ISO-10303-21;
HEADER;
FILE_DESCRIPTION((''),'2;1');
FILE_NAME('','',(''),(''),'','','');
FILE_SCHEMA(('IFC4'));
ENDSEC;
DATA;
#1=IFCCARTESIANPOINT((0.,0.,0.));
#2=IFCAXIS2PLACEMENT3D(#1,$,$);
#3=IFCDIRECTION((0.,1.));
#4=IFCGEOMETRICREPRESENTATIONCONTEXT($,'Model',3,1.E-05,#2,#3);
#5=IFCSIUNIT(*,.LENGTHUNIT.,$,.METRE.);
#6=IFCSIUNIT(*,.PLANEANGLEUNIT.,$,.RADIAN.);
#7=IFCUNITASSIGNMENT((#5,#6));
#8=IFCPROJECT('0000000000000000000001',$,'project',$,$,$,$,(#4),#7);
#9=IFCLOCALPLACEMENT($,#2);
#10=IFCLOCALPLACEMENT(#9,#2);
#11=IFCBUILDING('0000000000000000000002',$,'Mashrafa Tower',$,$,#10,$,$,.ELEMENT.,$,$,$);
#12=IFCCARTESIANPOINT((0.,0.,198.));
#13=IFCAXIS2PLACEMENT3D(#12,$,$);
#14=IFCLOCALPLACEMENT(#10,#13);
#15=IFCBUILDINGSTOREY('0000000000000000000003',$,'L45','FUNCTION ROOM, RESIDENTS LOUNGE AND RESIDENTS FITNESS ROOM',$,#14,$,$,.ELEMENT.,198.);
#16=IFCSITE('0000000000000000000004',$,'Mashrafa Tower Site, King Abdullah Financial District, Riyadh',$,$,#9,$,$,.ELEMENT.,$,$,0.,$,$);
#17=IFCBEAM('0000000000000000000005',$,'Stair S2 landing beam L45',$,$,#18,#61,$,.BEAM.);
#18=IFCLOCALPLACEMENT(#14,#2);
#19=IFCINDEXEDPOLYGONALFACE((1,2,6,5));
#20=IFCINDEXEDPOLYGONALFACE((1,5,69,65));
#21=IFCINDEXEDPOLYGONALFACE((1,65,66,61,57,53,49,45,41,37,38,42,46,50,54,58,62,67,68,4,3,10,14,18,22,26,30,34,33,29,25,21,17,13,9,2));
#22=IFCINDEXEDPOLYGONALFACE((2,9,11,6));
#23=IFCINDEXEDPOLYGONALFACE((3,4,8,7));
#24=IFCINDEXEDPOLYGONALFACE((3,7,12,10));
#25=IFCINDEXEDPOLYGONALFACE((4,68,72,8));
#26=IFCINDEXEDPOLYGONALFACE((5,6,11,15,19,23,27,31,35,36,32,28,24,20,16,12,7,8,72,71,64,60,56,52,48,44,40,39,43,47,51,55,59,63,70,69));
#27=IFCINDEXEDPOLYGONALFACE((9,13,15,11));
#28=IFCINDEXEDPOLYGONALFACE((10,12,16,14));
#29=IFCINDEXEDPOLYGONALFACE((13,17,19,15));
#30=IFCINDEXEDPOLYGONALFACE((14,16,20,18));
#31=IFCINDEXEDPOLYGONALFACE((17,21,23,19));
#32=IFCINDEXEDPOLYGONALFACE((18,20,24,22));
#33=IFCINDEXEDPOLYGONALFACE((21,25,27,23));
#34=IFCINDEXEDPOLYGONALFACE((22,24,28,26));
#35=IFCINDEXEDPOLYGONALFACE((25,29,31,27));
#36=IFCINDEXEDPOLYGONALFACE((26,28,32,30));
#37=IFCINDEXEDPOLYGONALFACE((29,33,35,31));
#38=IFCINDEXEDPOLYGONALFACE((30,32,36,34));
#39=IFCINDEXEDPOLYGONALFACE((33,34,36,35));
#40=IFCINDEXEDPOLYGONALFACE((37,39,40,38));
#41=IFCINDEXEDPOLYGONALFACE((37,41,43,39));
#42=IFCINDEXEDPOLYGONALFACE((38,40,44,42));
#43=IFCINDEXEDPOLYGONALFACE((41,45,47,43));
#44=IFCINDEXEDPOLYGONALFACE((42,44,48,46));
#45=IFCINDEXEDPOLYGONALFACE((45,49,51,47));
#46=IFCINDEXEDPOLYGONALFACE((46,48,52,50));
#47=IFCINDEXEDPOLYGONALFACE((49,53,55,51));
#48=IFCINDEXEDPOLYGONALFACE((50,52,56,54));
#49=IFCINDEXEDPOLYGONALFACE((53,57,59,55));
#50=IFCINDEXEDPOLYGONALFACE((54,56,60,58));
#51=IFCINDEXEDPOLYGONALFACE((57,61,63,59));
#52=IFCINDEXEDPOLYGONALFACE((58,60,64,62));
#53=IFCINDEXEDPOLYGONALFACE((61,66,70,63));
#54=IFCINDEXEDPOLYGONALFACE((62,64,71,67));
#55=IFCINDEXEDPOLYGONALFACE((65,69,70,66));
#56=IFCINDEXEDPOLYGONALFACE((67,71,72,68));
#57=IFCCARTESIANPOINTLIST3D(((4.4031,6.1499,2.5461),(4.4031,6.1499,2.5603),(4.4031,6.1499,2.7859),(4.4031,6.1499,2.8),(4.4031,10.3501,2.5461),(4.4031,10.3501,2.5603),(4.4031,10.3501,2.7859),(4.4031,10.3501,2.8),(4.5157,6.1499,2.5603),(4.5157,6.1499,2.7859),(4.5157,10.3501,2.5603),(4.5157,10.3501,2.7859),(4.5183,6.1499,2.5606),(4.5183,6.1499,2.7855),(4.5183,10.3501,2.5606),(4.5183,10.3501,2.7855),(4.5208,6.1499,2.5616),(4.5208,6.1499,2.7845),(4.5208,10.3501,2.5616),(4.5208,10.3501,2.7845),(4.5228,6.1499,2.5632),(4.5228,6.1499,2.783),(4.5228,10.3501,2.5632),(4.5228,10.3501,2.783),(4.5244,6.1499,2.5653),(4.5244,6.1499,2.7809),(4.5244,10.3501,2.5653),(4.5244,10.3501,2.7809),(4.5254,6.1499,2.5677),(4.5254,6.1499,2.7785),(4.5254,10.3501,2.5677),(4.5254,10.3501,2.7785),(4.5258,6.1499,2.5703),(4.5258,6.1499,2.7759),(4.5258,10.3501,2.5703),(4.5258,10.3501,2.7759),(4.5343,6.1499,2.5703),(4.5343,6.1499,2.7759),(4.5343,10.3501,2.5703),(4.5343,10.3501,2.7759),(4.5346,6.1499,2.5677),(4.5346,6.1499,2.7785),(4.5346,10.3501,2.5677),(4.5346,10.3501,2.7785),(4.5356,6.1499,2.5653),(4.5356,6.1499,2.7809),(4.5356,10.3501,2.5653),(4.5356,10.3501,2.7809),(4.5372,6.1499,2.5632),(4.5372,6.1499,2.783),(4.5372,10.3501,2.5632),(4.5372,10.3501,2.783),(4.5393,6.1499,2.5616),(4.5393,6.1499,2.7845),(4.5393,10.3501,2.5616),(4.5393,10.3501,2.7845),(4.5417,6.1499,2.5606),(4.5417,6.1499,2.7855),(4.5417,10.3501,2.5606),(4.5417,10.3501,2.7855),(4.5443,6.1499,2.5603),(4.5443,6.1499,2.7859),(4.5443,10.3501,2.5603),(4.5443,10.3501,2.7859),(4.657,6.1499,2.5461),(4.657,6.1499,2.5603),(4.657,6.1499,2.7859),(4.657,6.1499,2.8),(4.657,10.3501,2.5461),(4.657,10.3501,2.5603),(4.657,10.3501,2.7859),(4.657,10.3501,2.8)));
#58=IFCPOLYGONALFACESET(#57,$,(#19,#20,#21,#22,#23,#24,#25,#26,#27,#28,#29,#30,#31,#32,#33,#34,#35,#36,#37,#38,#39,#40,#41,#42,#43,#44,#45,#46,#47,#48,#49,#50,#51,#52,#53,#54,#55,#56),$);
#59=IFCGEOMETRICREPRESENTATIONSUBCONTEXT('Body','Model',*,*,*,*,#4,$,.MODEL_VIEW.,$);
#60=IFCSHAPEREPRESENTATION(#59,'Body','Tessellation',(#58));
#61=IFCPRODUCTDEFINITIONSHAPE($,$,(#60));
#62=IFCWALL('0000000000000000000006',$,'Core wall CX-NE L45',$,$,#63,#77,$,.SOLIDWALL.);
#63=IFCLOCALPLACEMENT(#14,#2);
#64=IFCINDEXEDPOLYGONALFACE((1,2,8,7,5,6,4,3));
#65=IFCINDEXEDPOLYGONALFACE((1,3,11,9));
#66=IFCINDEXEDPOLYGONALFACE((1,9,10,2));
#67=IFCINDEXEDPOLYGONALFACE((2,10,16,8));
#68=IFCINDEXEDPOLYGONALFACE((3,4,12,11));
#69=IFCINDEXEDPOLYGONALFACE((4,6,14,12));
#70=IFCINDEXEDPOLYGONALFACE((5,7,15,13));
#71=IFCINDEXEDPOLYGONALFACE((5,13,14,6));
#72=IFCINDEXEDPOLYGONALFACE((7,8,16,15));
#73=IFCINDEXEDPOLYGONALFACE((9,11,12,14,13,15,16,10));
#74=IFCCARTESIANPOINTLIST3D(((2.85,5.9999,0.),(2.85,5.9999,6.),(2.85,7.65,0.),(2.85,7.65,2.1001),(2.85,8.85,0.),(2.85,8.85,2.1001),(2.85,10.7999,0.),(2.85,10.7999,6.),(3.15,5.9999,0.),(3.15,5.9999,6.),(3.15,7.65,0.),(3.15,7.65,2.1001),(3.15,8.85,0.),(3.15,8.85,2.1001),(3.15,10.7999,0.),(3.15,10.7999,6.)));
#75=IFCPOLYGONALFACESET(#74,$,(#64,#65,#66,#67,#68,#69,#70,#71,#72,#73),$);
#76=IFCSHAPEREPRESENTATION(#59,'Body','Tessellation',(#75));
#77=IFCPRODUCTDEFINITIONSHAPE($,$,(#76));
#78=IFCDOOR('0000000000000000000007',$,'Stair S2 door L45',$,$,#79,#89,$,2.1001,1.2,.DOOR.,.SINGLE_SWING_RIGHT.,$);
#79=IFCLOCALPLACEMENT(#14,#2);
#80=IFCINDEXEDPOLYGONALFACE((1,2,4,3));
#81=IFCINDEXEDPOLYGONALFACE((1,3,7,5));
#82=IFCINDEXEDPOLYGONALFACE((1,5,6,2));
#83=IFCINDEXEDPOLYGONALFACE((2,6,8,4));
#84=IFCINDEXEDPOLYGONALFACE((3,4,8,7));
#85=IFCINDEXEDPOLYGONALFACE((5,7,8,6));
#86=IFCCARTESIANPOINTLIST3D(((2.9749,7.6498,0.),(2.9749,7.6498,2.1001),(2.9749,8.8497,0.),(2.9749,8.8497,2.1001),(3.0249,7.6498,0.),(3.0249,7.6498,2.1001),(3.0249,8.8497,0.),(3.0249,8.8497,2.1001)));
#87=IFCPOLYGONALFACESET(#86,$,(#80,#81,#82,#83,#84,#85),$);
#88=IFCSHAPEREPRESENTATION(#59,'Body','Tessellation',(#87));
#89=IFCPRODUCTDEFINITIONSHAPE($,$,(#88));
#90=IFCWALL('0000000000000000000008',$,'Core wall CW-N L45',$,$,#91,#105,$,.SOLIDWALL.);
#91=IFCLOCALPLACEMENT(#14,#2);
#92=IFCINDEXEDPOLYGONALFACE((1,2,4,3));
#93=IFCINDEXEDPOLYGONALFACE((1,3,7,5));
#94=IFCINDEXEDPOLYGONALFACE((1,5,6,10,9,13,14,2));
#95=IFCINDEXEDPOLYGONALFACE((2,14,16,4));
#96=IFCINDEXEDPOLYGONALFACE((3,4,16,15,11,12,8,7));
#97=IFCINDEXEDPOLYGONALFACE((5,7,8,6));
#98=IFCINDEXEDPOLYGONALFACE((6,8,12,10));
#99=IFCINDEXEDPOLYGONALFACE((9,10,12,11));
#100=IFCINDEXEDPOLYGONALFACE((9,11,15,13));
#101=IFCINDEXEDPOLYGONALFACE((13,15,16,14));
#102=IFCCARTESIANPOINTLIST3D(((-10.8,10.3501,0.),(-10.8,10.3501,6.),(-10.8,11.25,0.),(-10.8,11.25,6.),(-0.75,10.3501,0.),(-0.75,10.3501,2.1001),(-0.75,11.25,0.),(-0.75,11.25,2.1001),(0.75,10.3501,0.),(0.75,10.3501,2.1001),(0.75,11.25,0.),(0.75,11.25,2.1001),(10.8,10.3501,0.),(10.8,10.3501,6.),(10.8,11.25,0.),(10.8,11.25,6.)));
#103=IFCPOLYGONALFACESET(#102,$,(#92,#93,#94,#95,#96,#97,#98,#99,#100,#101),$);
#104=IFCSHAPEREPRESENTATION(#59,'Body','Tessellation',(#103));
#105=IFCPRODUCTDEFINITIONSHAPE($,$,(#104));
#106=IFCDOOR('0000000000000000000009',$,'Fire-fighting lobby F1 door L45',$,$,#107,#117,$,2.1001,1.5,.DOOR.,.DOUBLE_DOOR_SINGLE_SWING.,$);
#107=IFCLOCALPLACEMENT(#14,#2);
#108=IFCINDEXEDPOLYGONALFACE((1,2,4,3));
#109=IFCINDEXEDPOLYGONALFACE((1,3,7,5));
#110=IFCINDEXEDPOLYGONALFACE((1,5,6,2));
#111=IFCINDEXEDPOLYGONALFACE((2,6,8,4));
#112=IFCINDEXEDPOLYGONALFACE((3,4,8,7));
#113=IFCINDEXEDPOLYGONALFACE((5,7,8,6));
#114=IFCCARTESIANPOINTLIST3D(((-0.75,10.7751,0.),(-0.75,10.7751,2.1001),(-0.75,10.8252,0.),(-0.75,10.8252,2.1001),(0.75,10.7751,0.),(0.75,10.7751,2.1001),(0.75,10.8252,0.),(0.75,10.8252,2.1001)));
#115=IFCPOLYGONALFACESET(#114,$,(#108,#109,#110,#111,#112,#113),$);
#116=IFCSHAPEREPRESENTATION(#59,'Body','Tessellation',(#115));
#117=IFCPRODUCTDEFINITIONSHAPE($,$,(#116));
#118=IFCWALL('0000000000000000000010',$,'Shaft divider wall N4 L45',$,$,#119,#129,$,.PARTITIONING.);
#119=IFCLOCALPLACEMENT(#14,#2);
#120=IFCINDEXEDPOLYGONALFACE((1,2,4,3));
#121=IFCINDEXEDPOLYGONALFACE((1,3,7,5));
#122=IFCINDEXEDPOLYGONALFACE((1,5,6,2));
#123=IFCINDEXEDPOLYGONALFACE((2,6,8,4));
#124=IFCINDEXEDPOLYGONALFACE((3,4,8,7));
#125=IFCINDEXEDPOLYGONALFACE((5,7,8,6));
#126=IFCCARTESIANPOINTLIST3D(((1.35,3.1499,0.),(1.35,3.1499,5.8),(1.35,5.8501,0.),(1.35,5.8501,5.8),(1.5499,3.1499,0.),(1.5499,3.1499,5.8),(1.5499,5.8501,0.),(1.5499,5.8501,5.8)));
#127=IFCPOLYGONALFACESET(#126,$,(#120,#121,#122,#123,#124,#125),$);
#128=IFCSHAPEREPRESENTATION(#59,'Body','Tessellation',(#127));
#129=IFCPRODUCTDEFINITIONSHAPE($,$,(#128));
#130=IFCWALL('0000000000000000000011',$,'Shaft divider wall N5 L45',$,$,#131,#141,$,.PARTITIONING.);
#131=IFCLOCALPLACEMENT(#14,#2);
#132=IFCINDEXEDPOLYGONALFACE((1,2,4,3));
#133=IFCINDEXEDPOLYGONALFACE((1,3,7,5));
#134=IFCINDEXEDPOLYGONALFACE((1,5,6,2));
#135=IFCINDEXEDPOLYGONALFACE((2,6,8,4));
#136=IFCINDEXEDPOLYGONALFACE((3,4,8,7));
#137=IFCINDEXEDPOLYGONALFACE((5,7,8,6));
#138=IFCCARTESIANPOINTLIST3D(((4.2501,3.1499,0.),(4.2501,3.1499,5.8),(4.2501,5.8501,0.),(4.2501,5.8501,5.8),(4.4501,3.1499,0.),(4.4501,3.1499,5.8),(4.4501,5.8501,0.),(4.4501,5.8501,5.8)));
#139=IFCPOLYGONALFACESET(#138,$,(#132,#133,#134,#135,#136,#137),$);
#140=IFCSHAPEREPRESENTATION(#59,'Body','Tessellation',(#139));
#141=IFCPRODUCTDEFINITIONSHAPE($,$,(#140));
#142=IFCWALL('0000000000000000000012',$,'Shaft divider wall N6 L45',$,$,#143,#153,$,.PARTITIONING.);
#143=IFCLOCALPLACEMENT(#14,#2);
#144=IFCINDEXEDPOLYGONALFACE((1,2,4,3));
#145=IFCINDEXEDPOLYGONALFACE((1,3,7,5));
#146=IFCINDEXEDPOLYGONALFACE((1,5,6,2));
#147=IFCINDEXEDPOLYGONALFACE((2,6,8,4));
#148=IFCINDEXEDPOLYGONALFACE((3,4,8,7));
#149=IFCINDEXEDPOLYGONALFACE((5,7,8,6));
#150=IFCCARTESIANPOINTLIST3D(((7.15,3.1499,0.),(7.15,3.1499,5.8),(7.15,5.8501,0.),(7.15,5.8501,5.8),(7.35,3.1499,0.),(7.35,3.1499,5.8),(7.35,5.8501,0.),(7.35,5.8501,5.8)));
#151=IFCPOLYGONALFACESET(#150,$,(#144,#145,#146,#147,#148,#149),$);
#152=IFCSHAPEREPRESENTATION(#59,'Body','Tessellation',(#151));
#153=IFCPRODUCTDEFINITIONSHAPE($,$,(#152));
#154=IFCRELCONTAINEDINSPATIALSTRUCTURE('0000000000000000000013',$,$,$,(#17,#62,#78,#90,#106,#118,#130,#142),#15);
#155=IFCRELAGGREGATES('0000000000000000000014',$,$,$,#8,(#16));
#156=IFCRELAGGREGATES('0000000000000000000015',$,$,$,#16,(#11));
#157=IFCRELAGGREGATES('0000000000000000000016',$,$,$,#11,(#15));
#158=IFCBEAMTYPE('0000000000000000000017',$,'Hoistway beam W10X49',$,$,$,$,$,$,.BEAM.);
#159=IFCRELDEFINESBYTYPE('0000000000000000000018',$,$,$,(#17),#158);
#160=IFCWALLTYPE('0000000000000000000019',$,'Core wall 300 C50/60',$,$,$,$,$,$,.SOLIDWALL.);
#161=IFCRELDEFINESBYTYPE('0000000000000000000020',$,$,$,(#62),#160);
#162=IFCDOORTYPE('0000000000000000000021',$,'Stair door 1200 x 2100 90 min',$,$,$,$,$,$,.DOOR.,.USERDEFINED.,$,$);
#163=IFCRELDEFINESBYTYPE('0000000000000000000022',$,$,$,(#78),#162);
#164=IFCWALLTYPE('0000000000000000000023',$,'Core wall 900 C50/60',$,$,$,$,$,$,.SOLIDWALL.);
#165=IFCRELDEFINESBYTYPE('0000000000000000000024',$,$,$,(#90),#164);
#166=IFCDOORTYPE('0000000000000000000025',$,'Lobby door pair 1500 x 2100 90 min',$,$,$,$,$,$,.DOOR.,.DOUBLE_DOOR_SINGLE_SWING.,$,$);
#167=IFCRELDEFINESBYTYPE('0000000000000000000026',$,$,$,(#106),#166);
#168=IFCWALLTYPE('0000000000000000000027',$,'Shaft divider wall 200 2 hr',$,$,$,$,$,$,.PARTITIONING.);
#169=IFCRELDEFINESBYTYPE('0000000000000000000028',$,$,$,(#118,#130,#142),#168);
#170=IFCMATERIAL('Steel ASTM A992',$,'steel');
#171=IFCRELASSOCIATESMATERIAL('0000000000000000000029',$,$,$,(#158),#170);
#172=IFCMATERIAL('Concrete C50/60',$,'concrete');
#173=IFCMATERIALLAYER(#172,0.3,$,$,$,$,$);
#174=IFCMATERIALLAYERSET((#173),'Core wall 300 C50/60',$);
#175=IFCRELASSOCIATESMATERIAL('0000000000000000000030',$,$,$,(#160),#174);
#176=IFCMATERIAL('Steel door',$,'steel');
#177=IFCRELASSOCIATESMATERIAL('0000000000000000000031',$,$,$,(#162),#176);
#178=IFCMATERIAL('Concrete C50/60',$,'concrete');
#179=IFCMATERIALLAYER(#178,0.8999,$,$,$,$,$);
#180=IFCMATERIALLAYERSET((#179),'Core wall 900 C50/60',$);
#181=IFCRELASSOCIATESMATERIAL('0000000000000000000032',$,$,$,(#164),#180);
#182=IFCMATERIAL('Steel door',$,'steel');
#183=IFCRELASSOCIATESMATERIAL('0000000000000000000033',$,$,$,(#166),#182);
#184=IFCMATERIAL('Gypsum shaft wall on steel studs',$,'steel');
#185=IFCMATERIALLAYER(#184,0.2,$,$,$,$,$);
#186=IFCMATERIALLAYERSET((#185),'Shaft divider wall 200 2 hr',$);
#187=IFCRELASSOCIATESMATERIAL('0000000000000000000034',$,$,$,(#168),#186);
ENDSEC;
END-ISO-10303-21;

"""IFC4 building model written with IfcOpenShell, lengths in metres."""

from ifc_helpers import new_model, si_unit, direction, frame, frame_2d, origin, origin_2d, place, context, subcontext, project, spatial, rectangle, i_section, extrude, material, layer, layer_set, material_profile, profile_set, type_object, element, fill, save


model = new_model("IFC4")

# Units and contexts
model_context = context("Model", 3, precision=1e-05, world=origin(), true_north=direction((0.0, 1.0)))
body_context = subcontext(model_context, "Body", "Model", "MODEL_VIEW")
ifc_project = project(units=[si_unit("LENGTHUNIT", "METRE"), si_unit("PLANEANGLEUNIT", "RADIAN")], contexts=[model_context])

# Site, building, storey
site_placement = place(None, origin())
site = spatial("IfcSite", under=ifc_project, at=site_placement, Name="Mashrafa Tower Site, King Abdullah Financial District, Riyadh", CompositionType="ELEMENT", RefElevation=0.0)
building_placement = place(site_placement, origin())
building = spatial("IfcBuilding", under=site, at=building_placement, Name="Mashrafa Tower", CompositionType="ELEMENT")
storey_placement = place(building_placement, frame((0.0, 0.0, 198.0)))
storey = spatial("IfcBuildingStorey", under=building, at=storey_placement, Name="L45", Description="FUNCTION ROOM, RESIDENTS LOUNGE AND RESIDENTS FITNESS ROOM", CompositionType="ELEMENT", Elevation=198.0)

# Beam
ifc_material_1 = material(Name="Steel ASTM A992", Category="steel")
ifc_material_profile_1 = material_profile(ifc_material_1, i_section(OverallWidth=0.2539, OverallDepth=0.2539, WebThickness=0.0085, FlangeThickness=0.0142, FilletRadius=0.01, at=origin_2d()), Name="W10X49")
ifc_profile_set_1 = profile_set([ifc_material_profile_1], Name="Steel ASTM A992")
beam_type_1 = type_object("IfcBeamType", Name="Hoistway beam W10X49", PredefinedType="BEAM", material=ifc_profile_set_1)
for number, where, z_axis, x_axis, name in (
    (1, (4.53, 6.1499, 2.6731), (0.0, 1.0, 0.0), (-1.0, 0.0, 0.0), "Stair S2 landing beam L45"),
):
    element("IfcBeam", number, at=place(storey_placement, frame(where, z_axis=z_axis, x_axis=x_axis)), inside=storey, type_object=beam_type_1, Name=name, PredefinedType="BEAM", context=body_context, shape_type="SweptSolid", body=[
        extrude(i_section(OverallWidth=0.2539, OverallDepth=0.2539, WebThickness=0.0085, FlangeThickness=0.0142, FilletRadius=0.01, at=origin_2d()), origin(), (0.0, 0.0, 1.0), 4.2002),
    ])

# Walls, openings, doors
ifc_material_2 = material(Name="Concrete C50/60", Category="concrete")
ifc_layer_1 = layer(ifc_material_2, 0.3)
ifc_layer_set_1 = layer_set([ifc_layer_1], Name="Core wall 300 C50/60")
wall_type_1 = type_object("IfcWallType", Name="Core wall 300 C50/60", PredefinedType="SOLIDWALL", material=ifc_layer_set_1)
wall_1_placement = place(storey_placement, frame((3.0, 6.0, 0.0), z_axis=(0.0, 0.0, 1.0), x_axis=(0.0, 1.0, 0.0)))
wall_1 = element("IfcWall", 2, at=wall_1_placement, inside=storey, type_object=wall_type_1, Name="Core wall CX-NE L45", PredefinedType="SOLIDWALL", context=body_context, shape_type="SweptSolid", body=[
    extrude(rectangle(XDim=4.8, YDim=0.3, at=frame_2d((2.3999, 0.0))), origin(), (0.0, 0.0, 1.0), 6.0),
])
opening_1_placement = place(wall_1_placement, frame((1.6499, 0.0, 0.0)))
opening_1 = element("IfcOpeningElement", 3, at=opening_1_placement, cuts=wall_1, PredefinedType="OPENING", context=body_context, shape_type="SweptSolid", body=[
    extrude(rectangle(XDim=1.2, YDim=2.1001, at=frame_2d((0.6001, 1.05))), frame((0.0, 0.1599, 0.0), z_axis=(0.0, -1.0, 0.0), x_axis=(1.0, 0.0, 0.0)), (0.0, 0.0, 1.0), 0.3201),
])
ifc_material_3 = material(Name="Steel door", Category="steel")
door_type_1 = type_object("IfcDoorType", Name="Stair door 1200 x 2100 90 min", OperationType="USERDEFINED", PredefinedType="DOOR", material=ifc_material_3)
door_1_placement = place(opening_1_placement, frame((1.2, 0.0, 0.0), z_axis=(0.0, 0.0, 1.0), x_axis=(-1.0, 0.0, 0.0)))
door_1 = element("IfcDoor", 4, at=door_1_placement, inside=storey, type_object=door_type_1, Name="Stair S2 door L45", OperationType="SINGLE_SWING_RIGHT", OverallHeight=2.1001, OverallWidth=1.2, PredefinedType="DOOR", context=body_context, shape_type="SweptSolid", body=[
    extrude(rectangle(XDim=1.2, YDim=2.1001, at=frame_2d((0.6001, 1.05))), frame((0.0, 0.0249, 0.0), z_axis=(0.0, -1.0, 0.0), x_axis=(1.0, 0.0, 0.0)), (0.0, 0.0, 1.0), 0.05),
])
fill(opening_1, door_1)
ifc_material_4 = material(Name="Concrete C50/60", Category="concrete")
ifc_layer_2 = layer(ifc_material_4, 0.8999)
ifc_layer_set_2 = layer_set([ifc_layer_2], Name="Core wall 900 C50/60")
wall_type_2 = type_object("IfcWallType", Name="Core wall 900 C50/60", PredefinedType="SOLIDWALL", material=ifc_layer_set_2)
wall_2_placement = place(storey_placement, frame((10.8, 10.8, 0.0), z_axis=(0.0, 0.0, 1.0), x_axis=(-1.0, 0.0, 0.0)))
wall_2 = element("IfcWall", 5, at=wall_2_placement, inside=storey, type_object=wall_type_2, Name="Core wall CW-N L45", PredefinedType="SOLIDWALL", context=body_context, shape_type="SweptSolid", body=[
    extrude(rectangle(XDim=21.6001, YDim=0.8999, at=frame_2d((10.8, 0.0))), origin(), (0.0, 0.0, 1.0), 6.0),
])
opening_2_placement = place(wall_2_placement, frame((10.05, 0.0, 0.0)))
opening_2 = element("IfcOpeningElement", 6, at=opening_2_placement, cuts=wall_2, PredefinedType="OPENING", context=body_context, shape_type="SweptSolid", body=[
    extrude(rectangle(XDim=1.5, YDim=2.1001, at=frame_2d((0.75, 1.05))), frame((0.0, 0.46, 0.0), z_axis=(0.0, -1.0, 0.0), x_axis=(1.0, 0.0, 0.0)), (0.0, 0.0, 1.0), 0.9199),
])
ifc_material_5 = material(Name="Steel door", Category="steel")
door_type_2 = type_object("IfcDoorType", Name="Lobby door pair 1500 x 2100 90 min", OperationType="DOUBLE_DOOR_SINGLE_SWING", PredefinedType="DOOR", material=ifc_material_5)
door_2_placement = place(opening_2_placement, origin())
door_2 = element("IfcDoor", 7, at=door_2_placement, inside=storey, type_object=door_type_2, Name="Fire-fighting lobby F1 door L45", OperationType="DOUBLE_DOOR_SINGLE_SWING", OverallHeight=2.1001, OverallWidth=1.5, PredefinedType="DOOR", context=body_context, shape_type="SweptSolid", body=[
    extrude(rectangle(XDim=1.5, YDim=2.1001, at=frame_2d((0.75, 1.05))), frame((0.0, 0.0249, 0.0), z_axis=(0.0, -1.0, 0.0), x_axis=(1.0, 0.0, 0.0)), (0.0, 0.0, 1.0), 0.05),
])
fill(opening_2, door_2)

# Walls
ifc_material_6 = material(Name="Gypsum shaft wall on steel studs", Category="steel")
ifc_layer_3 = layer(ifc_material_6, 0.2)
ifc_layer_set_3 = layer_set([ifc_layer_3], Name="Shaft divider wall 200 2 hr")
wall_type_3 = type_object("IfcWallType", Name="Shaft divider wall 200 2 hr", PredefinedType="PARTITIONING", material=ifc_layer_set_3)
for number, where, z_axis, x_axis, name in (
    (8, (1.45, 3.1499, 0.0), (0.0, 0.0, 1.0), (0.0, 1.0, 0.0), "Shaft divider wall N4 L45"),
    (9, (4.3501, 3.1499, 0.0), (0.0, 0.0, 1.0), (0.0, 1.0, 0.0), "Shaft divider wall N5 L45"),
    (10, (7.25, 3.1499, 0.0), (0.0, 0.0, 1.0), (0.0, 1.0, 0.0), "Shaft divider wall N6 L45"),
):
    element("IfcWall", number, at=place(storey_placement, frame(where, z_axis=z_axis, x_axis=x_axis)), inside=storey, type_object=wall_type_3, Name=name, PredefinedType="PARTITIONING", context=body_context, shape_type="SweptSolid", body=[
        extrude(rectangle(XDim=2.7002, YDim=0.2, at=frame_2d((1.3501, 0.0))), origin(), (0.0, 0.0, 1.0), 5.8),
    ])

save(model, "model.ifc")
